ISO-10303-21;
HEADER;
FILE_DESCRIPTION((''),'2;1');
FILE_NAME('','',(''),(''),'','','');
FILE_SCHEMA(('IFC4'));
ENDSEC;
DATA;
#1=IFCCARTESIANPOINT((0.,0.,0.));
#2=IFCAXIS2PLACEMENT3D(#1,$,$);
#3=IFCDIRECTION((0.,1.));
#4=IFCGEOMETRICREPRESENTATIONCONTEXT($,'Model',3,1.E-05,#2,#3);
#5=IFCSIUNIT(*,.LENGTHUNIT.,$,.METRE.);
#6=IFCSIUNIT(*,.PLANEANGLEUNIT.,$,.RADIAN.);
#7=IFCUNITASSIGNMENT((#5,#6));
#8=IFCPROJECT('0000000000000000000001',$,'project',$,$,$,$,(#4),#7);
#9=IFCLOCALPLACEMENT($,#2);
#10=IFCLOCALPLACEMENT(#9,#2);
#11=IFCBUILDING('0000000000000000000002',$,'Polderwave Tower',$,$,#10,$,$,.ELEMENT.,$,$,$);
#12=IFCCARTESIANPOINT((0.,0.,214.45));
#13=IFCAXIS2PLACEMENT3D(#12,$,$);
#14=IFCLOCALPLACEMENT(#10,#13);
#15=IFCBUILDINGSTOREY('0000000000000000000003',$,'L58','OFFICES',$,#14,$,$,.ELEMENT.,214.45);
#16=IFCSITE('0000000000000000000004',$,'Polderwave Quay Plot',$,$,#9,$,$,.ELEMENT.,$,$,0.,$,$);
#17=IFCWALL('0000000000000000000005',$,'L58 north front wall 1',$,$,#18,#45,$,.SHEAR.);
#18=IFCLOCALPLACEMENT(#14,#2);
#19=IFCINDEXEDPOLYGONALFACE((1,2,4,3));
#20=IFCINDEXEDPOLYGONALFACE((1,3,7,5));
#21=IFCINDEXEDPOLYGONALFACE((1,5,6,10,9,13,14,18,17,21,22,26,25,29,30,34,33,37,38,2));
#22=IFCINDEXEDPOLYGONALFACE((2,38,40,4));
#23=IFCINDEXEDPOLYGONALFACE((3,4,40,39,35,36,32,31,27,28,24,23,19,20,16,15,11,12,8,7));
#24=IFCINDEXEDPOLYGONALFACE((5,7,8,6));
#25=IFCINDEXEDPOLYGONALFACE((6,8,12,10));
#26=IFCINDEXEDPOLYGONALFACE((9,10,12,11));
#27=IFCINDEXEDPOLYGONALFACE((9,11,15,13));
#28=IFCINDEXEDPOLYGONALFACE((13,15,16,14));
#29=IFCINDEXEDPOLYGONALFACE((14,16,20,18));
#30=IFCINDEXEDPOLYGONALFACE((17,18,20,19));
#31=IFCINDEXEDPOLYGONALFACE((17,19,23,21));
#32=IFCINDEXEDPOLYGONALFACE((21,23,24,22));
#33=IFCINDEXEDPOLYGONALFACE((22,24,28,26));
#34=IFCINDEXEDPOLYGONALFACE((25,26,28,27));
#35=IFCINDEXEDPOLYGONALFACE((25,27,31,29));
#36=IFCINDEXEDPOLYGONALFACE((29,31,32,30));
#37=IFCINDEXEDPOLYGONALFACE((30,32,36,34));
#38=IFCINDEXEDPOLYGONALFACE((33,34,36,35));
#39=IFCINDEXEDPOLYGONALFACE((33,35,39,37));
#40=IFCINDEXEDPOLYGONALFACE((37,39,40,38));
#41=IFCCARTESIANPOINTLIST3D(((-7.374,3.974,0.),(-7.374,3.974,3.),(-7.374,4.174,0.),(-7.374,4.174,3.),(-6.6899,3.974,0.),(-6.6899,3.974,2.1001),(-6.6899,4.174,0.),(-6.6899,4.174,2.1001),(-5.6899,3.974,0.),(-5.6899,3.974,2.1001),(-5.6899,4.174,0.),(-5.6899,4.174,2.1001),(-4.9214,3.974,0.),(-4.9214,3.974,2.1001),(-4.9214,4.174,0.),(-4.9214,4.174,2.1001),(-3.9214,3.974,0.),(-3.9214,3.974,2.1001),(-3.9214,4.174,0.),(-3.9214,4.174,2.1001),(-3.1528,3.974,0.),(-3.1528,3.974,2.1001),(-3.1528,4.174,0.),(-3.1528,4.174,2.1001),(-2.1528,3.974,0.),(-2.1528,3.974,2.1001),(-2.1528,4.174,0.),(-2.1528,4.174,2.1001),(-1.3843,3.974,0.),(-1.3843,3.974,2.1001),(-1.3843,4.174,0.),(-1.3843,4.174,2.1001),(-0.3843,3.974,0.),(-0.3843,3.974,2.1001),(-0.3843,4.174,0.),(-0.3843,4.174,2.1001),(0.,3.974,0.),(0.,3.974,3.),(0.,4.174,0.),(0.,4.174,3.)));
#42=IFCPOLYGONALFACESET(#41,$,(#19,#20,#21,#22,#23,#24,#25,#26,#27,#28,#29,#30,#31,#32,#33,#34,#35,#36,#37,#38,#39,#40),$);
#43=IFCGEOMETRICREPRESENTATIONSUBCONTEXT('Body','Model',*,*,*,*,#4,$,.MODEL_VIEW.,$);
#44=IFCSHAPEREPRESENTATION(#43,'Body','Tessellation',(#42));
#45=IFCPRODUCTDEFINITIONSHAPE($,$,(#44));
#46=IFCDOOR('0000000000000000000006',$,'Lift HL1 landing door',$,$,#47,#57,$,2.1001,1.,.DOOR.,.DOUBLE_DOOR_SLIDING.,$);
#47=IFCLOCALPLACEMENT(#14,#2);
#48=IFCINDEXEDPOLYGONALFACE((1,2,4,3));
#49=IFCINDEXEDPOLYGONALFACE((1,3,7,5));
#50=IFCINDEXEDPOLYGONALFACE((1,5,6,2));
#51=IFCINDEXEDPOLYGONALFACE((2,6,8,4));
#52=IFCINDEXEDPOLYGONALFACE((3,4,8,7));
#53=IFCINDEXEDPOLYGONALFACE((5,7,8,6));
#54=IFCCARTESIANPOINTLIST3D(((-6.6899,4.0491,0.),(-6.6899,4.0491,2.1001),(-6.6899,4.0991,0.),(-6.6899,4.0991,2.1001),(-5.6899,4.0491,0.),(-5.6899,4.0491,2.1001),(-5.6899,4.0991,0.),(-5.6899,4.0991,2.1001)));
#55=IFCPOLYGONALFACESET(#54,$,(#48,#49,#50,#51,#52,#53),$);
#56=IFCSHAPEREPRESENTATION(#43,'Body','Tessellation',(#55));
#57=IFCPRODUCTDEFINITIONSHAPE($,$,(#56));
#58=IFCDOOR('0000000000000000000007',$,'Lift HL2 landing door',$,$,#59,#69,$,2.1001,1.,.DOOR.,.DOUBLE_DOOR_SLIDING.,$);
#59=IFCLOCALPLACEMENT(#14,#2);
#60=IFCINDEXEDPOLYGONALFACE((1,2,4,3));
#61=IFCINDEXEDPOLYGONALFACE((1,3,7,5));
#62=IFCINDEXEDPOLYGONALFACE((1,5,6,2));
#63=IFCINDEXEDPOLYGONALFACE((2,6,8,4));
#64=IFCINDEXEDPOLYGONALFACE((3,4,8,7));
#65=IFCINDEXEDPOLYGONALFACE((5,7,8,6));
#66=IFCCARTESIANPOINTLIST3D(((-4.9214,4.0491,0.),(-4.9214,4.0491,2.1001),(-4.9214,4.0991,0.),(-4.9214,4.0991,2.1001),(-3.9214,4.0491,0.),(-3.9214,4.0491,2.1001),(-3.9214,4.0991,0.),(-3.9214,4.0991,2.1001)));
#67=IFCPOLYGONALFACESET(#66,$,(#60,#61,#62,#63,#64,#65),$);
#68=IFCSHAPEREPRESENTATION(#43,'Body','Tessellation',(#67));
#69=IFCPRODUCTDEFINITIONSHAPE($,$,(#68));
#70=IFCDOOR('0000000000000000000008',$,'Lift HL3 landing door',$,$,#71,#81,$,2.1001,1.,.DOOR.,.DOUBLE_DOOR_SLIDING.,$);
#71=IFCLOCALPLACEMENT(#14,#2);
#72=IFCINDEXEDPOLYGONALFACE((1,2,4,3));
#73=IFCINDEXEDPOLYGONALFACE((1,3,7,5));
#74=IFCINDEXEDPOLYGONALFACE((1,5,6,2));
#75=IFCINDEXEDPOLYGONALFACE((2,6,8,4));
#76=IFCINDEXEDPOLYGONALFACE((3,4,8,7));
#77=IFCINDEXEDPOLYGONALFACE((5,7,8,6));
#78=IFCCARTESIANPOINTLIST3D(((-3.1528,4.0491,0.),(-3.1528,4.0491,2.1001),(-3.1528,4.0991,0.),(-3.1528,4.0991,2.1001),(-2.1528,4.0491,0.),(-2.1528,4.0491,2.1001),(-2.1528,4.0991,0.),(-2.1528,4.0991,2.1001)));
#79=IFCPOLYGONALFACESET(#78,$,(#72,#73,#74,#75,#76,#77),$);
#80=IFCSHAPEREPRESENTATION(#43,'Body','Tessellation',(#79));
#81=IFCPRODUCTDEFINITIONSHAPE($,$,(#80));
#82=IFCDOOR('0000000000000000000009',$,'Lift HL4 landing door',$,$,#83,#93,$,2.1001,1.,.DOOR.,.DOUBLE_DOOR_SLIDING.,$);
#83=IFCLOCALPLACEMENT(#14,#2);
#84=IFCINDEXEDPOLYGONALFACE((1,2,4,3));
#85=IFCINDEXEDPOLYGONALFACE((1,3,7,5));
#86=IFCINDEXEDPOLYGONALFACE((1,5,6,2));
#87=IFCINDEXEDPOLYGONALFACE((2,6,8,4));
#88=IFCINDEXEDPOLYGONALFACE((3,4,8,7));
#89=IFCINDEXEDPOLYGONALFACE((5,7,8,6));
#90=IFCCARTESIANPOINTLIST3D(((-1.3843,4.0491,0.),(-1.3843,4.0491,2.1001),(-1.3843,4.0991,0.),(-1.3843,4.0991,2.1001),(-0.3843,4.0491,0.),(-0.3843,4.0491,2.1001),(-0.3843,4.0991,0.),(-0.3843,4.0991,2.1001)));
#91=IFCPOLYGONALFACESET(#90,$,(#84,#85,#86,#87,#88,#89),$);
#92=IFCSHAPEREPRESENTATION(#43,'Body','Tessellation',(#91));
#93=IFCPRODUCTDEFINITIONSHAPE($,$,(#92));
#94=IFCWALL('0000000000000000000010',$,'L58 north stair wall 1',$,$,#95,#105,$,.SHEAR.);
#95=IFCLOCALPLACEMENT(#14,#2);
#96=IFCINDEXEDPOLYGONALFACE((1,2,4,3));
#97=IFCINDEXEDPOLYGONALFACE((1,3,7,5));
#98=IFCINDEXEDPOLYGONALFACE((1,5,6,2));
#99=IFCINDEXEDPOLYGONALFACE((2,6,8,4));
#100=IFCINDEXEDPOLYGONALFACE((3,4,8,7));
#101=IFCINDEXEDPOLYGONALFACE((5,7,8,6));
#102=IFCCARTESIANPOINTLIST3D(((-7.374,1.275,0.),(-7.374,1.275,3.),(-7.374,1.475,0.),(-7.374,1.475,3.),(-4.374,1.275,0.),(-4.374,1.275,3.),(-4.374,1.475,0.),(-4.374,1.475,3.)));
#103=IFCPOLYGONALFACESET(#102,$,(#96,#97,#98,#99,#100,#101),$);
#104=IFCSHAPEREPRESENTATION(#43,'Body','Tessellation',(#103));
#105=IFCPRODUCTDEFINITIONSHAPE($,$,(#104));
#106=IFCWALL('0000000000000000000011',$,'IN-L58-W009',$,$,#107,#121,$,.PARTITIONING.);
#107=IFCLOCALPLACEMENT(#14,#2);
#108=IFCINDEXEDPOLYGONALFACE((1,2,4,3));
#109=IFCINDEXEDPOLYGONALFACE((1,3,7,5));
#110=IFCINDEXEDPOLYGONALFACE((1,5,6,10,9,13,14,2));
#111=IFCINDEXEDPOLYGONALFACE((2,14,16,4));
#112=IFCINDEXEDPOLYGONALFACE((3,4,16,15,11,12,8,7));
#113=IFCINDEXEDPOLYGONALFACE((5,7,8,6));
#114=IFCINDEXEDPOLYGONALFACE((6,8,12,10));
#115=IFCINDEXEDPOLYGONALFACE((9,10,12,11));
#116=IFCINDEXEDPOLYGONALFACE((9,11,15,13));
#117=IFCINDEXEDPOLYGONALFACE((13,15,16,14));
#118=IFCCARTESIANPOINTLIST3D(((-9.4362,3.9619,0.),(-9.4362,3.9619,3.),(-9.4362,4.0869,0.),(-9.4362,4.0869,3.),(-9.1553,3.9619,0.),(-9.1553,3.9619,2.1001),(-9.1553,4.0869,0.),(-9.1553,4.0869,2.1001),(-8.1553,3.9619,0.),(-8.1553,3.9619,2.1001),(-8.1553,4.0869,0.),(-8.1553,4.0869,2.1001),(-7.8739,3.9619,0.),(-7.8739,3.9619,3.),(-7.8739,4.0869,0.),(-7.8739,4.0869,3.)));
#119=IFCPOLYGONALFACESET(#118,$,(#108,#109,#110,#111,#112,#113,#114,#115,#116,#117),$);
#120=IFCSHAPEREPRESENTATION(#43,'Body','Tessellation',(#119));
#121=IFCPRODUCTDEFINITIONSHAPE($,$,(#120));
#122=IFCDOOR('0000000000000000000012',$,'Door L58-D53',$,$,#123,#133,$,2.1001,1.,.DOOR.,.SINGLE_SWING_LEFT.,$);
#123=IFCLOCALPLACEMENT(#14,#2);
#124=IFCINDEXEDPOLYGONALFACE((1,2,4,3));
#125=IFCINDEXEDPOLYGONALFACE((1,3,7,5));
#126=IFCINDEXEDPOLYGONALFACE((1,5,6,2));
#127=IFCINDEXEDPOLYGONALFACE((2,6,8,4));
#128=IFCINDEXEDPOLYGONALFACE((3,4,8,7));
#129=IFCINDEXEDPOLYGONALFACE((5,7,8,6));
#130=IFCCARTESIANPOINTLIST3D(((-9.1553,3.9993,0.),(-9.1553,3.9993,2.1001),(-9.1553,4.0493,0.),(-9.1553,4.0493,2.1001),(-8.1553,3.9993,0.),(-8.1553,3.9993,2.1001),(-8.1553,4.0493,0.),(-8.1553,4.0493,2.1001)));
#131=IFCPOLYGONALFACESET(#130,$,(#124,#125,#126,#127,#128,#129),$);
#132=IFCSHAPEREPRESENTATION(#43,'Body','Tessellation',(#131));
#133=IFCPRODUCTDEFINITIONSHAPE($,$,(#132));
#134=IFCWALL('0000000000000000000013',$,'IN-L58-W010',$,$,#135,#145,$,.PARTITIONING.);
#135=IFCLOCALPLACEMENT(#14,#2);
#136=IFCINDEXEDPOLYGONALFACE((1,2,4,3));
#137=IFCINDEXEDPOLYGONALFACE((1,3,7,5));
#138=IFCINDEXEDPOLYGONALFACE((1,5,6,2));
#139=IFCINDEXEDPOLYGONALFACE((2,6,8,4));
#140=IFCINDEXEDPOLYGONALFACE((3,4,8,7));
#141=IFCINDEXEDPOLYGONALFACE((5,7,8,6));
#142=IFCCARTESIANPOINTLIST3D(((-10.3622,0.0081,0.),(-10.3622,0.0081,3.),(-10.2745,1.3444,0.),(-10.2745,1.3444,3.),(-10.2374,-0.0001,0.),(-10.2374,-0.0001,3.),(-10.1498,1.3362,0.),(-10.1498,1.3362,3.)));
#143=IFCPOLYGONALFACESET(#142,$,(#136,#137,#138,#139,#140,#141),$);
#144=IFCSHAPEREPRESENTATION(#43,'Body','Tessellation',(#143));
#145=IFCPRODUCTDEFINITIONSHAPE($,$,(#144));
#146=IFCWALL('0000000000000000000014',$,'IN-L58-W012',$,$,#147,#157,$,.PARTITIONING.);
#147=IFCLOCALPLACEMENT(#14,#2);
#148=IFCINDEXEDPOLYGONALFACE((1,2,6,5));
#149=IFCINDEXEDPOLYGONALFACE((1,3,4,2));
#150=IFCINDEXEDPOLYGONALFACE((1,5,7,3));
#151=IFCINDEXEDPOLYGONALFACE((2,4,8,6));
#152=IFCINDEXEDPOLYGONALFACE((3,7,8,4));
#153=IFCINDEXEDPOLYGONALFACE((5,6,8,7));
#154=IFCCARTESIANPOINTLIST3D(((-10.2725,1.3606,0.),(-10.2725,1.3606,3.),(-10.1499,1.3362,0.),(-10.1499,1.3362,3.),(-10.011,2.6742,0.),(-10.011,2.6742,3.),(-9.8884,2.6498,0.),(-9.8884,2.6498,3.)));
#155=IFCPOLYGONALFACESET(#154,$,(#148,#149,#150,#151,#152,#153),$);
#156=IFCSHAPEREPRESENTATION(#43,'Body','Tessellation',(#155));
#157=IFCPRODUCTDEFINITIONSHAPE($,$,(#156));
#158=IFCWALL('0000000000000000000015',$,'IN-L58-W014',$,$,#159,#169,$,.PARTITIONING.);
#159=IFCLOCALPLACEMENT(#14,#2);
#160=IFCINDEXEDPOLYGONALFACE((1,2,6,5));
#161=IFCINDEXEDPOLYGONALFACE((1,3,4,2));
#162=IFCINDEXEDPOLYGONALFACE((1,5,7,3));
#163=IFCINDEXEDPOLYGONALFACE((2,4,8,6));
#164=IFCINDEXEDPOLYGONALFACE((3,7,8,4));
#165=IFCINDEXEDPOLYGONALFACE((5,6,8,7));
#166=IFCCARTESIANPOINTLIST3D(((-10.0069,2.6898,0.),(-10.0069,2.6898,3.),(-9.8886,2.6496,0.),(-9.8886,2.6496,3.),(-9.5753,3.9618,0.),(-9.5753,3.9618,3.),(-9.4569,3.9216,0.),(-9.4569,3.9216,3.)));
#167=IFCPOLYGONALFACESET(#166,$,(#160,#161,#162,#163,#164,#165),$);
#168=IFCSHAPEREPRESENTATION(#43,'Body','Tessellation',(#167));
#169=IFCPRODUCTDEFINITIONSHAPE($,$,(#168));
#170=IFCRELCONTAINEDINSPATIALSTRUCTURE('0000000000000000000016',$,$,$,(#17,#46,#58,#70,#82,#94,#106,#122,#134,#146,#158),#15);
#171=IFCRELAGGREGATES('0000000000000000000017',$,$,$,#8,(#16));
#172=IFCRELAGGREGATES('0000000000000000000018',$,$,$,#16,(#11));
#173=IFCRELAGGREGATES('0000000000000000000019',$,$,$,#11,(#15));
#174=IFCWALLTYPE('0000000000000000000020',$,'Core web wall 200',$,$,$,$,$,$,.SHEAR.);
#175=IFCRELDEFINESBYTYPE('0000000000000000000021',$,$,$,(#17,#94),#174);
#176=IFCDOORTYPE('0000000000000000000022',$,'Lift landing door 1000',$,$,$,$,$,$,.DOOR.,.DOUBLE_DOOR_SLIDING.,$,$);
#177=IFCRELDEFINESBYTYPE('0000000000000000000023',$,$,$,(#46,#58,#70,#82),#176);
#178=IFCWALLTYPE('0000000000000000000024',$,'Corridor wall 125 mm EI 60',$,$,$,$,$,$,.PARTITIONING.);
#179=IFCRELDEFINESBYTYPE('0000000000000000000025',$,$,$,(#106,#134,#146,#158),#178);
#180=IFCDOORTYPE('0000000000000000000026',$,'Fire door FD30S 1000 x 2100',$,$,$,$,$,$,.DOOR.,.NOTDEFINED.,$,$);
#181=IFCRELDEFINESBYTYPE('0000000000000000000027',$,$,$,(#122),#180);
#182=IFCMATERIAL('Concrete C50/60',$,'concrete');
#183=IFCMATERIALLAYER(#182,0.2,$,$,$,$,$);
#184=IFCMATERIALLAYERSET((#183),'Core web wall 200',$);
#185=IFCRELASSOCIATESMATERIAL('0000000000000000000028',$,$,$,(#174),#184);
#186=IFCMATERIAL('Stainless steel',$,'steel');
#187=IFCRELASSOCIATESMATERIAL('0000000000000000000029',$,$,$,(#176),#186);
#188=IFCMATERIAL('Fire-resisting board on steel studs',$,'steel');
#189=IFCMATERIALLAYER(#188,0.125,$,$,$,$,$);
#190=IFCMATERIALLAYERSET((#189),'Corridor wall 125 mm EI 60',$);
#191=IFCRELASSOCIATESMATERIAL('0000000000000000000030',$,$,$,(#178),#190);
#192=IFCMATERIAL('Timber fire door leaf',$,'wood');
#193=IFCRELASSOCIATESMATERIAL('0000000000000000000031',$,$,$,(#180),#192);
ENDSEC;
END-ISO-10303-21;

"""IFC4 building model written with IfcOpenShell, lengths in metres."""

from ifc_helpers import new_model, si_unit, direction, frame, frame_2d, origin, place, context, subcontext, project, spatial, rectangle, extrude, material, layer, layer_set, type_object, element, fill, save


model = new_model("IFC4")

# Units and contexts
model_context = context("Model", 3, precision=1e-05, world=origin(), true_north=direction((0.0, 1.0)))
body_context = subcontext(model_context, "Body", "Model", "MODEL_VIEW")
ifc_project = project(units=[si_unit("LENGTHUNIT", "METRE"), si_unit("PLANEANGLEUNIT", "RADIAN")], contexts=[model_context])

# Site, building, storey
site_placement = place(None, origin())
site = spatial("IfcSite", under=ifc_project, at=site_placement, Name="Polderwave Quay Plot", CompositionType="ELEMENT", RefElevation=0.0)
building_placement = place(site_placement, origin())
building = spatial("IfcBuilding", under=site, at=building_placement, Name="Polderwave Tower", CompositionType="ELEMENT")
storey_placement = place(building_placement, frame((0.0, 0.0, 214.45)))
storey = spatial("IfcBuildingStorey", under=building, at=storey_placement, Name="L58", Description="OFFICES", CompositionType="ELEMENT", Elevation=214.45)

# Wall, openings, doors
ifc_material_1 = material(Name="Concrete C50/60", Category="concrete")
ifc_layer_1 = layer(ifc_material_1, 0.2)
ifc_layer_set_1 = layer_set([ifc_layer_1], Name="Core web wall 200")
wall_type_1 = type_object("IfcWallType", Name="Core web wall 200", PredefinedType="SHEAR", material=ifc_layer_set_1)
wall_1_placement = place(storey_placement, frame((-7.374, 4.074, 0.0), z_axis=(0.0, 0.0, 1.0), x_axis=(1.0, 0.0, 0.0)))
wall_1 = element("IfcWall", 1, at=wall_1_placement, inside=storey, type_object=wall_type_1, Name="L58 north front wall 1", PredefinedType="SHEAR", context=body_context, shape_type="SweptSolid", body=[
    extrude(rectangle(XDim=7.374, YDim=0.2, at=frame_2d((3.687, 0.0))), origin(), (0.0, 0.0, 1.0), 3.0),
])
opening_1_placement = place(wall_1_placement, frame((0.6841, 0.0, 0.0)))
opening_1 = element("IfcOpeningElement", 2, at=opening_1_placement, cuts=wall_1, PredefinedType="OPENING", context=body_context, shape_type="SweptSolid", body=[
    extrude(rectangle(XDim=1.0, YDim=2.1001, at=frame_2d((0.5, 1.05))), frame((0.0, 0.1099, 0.0), z_axis=(0.0, -1.0, 0.0), x_axis=(1.0, 0.0, 0.0)), (0.0, 0.0, 1.0), 0.22),
])
opening_2_placement = place(wall_1_placement, frame((2.4526, 0.0, 0.0)))
opening_2 = element("IfcOpeningElement", 3, at=opening_2_placement, cuts=wall_1, PredefinedType="OPENING", context=body_context, shape_type="SweptSolid", body=[
    extrude(rectangle(XDim=1.0, YDim=2.1001, at=frame_2d((0.5, 1.05))), frame((0.0, 0.1099, 0.0), z_axis=(0.0, -1.0, 0.0), x_axis=(1.0, 0.0, 0.0)), (0.0, 0.0, 1.0), 0.22),
])
opening_3_placement = place(wall_1_placement, frame((4.2212, 0.0, 0.0)))
opening_3 = element("IfcOpeningElement", 4, at=opening_3_placement, cuts=wall_1, PredefinedType="OPENING", context=body_context, shape_type="SweptSolid", body=[
    extrude(rectangle(XDim=1.0, YDim=2.1001, at=frame_2d((0.5, 1.05))), frame((0.0, 0.1099, 0.0), z_axis=(0.0, -1.0, 0.0), x_axis=(1.0, 0.0, 0.0)), (0.0, 0.0, 1.0), 0.22),
])
opening_4_placement = place(wall_1_placement, frame((5.9897, 0.0, 0.0)))
opening_4 = element("IfcOpeningElement", 5, at=opening_4_placement, cuts=wall_1, PredefinedType="OPENING", context=body_context, shape_type="SweptSolid", body=[
    extrude(rectangle(XDim=1.0, YDim=2.1001, at=frame_2d((0.5, 1.05))), frame((0.0, 0.1099, 0.0), z_axis=(0.0, -1.0, 0.0), x_axis=(1.0, 0.0, 0.0)), (0.0, 0.0, 1.0), 0.22),
])
ifc_material_2 = material(Name="Stainless steel", Category="steel")
door_type_1 = type_object("IfcDoorType", Name="Lift landing door 1000", OperationType="DOUBLE_DOOR_SLIDING", PredefinedType="DOOR", material=ifc_material_2)
door_1_placement = place(opening_1_placement, frame((1.0, 0.0, 0.0), z_axis=(0.0, 0.0, 1.0), x_axis=(-1.0, 0.0, 0.0)))
door_1 = element("IfcDoor", 6, at=door_1_placement, inside=storey, type_object=door_type_1, Name="Lift HL1 landing door", OperationType="DOUBLE_DOOR_SLIDING", OverallHeight=2.1001, OverallWidth=1.0, PredefinedType="DOOR", context=body_context, shape_type="SweptSolid", body=[
    extrude(rectangle(XDim=1.0, YDim=2.1001, at=frame_2d((0.5, 1.05))), frame((0.0, 0.0249, 0.0), z_axis=(0.0, -1.0, 0.0), x_axis=(1.0, 0.0, 0.0)), (0.0, 0.0, 1.0), 0.05),
])
fill(opening_1, door_1)
door_2_placement = place(opening_2_placement, frame((1.0, 0.0, 0.0), z_axis=(0.0, 0.0, 1.0), x_axis=(-1.0, 0.0, 0.0)))
door_2 = element("IfcDoor", 7, at=door_2_placement, inside=storey, type_object=door_type_1, Name="Lift HL2 landing door", OperationType="DOUBLE_DOOR_SLIDING", OverallHeight=2.1001, OverallWidth=1.0, PredefinedType="DOOR", context=body_context, shape_type="SweptSolid", body=[
    extrude(rectangle(XDim=1.0, YDim=2.1001, at=frame_2d((0.5, 1.05))), frame((0.0, 0.0249, 0.0), z_axis=(0.0, -1.0, 0.0), x_axis=(1.0, 0.0, 0.0)), (0.0, 0.0, 1.0), 0.05),
])
fill(opening_2, door_2)
door_3_placement = place(opening_3_placement, frame((1.0, 0.0, 0.0), z_axis=(0.0, 0.0, 1.0), x_axis=(-1.0, 0.0, 0.0)))
door_3 = element("IfcDoor", 8, at=door_3_placement, inside=storey, type_object=door_type_1, Name="Lift HL3 landing door", OperationType="DOUBLE_DOOR_SLIDING", OverallHeight=2.1001, OverallWidth=1.0, PredefinedType="DOOR", context=body_context, shape_type="SweptSolid", body=[
    extrude(rectangle(XDim=1.0, YDim=2.1001, at=frame_2d((0.5, 1.05))), frame((0.0, 0.0249, 0.0), z_axis=(0.0, -1.0, 0.0), x_axis=(1.0, 0.0, 0.0)), (0.0, 0.0, 1.0), 0.05),
])
fill(opening_3, door_3)
door_4_placement = place(opening_4_placement, frame((1.0, 0.0, 0.0), z_axis=(0.0, 0.0, 1.0), x_axis=(-1.0, 0.0, 0.0)))
door_4 = element("IfcDoor", 9, at=door_4_placement, inside=storey, type_object=door_type_1, Name="Lift HL4 landing door", OperationType="DOUBLE_DOOR_SLIDING", OverallHeight=2.1001, OverallWidth=1.0, PredefinedType="DOOR", context=body_context, shape_type="SweptSolid", body=[
    extrude(rectangle(XDim=1.0, YDim=2.1001, at=frame_2d((0.5, 1.05))), frame((0.0, 0.0249, 0.0), z_axis=(0.0, -1.0, 0.0), x_axis=(1.0, 0.0, 0.0)), (0.0, 0.0, 1.0), 0.05),
])
fill(opening_4, door_4)

# Wall
wall_2_placement = place(storey_placement, frame((-7.374, 1.375, 0.0), z_axis=(0.0, 0.0, 1.0), x_axis=(1.0, 0.0, 0.0)))
element("IfcWall", 10, at=wall_2_placement, inside=storey, type_object=wall_type_1, Name="L58 north stair wall 1", PredefinedType="SHEAR", context=body_context, shape_type="SweptSolid", body=[
    extrude(rectangle(XDim=3.0, YDim=0.2, at=frame_2d((1.5, 0.0))), origin(), (0.0, 0.0, 1.0), 3.0),
])

# Wall, opening, door
ifc_material_3 = material(Name="Fire-resisting board on steel studs", Category="steel")
ifc_layer_2 = layer(ifc_material_3, 0.125)
ifc_layer_set_2 = layer_set([ifc_layer_2], Name="Corridor wall 125 mm EI 60")
wall_type_2 = type_object("IfcWallType", Name="Corridor wall 125 mm EI 60", PredefinedType="PARTITIONING", material=ifc_layer_set_2)
wall_3_placement = place(storey_placement, frame((-9.4363, 4.0244, 0.0), z_axis=(0.0, 0.0, 1.0), x_axis=(1.0, 0.0, 0.0)))
wall_3 = element("IfcWall", 11, at=wall_3_placement, inside=storey, type_object=wall_type_2, Name="IN-L58-W009", PredefinedType="PARTITIONING", context=body_context, shape_type="SweptSolid", body=[
    extrude(rectangle(XDim=1.5623, YDim=0.125, at=frame_2d((0.7812, 0.0))), origin(), (0.0, 0.0, 1.0), 3.0),
])
opening_5_placement = place(wall_3_placement, frame((0.281, 0.0, 0.0)))
opening_5 = element("IfcOpeningElement", 12, at=opening_5_placement, cuts=wall_3, PredefinedType="OPENING", context=body_context, shape_type="SweptSolid", body=[
    extrude(rectangle(XDim=1.0, YDim=2.1001, at=frame_2d((0.5, 1.05))), frame((0.0, 0.0725, 0.0), z_axis=(0.0, -1.0, 0.0), x_axis=(1.0, 0.0, 0.0)), (0.0, 0.0, 1.0), 0.145),
])
ifc_material_4 = material(Name="Timber fire door leaf", Category="wood")
door_type_2 = type_object("IfcDoorType", Name="Fire door FD30S 1000 x 2100", OperationType="NOTDEFINED", PredefinedType="DOOR", material=ifc_material_4)
door_5_placement = place(opening_5_placement, origin())
door_5 = element("IfcDoor", 13, at=door_5_placement, inside=storey, type_object=door_type_2, Name="Door L58-D53", OperationType="SINGLE_SWING_LEFT", OverallHeight=2.1001, OverallWidth=1.0, PredefinedType="DOOR", context=body_context, shape_type="SweptSolid", body=[
    extrude(rectangle(XDim=1.0, YDim=2.1001, at=frame_2d((0.5, 1.05))), frame((0.0, 0.0249, 0.0), z_axis=(0.0, -1.0, 0.0), x_axis=(1.0, 0.0, 0.0)), (0.0, 0.0, 1.0), 0.05),
])
fill(opening_5, door_5)

# Walls
wall_4_placement = place(storey_placement, frame((-10.2998, 0.0042, 0.0), z_axis=(0.0, 0.0, 1.0), x_axis=(0.065454, 0.997856, 0.0)))
element("IfcWall", 14, at=wall_4_placement, inside=storey, type_object=wall_type_2, Name="IN-L58-W010", PredefinedType="PARTITIONING", context=body_context, shape_type="SweptSolid", body=[
    extrude(rectangle(XDim=1.3391, YDim=0.125, at=frame_2d((0.6694, 0.0))), origin(), (0.0, 0.0, 1.0), 3.0),
])
wall_5_placement = place(storey_placement, frame((-10.2112, 1.3484, 0.0), z_axis=(0.0, 0.0, 1.0), x_axis=(0.19524, 0.980756, 0.0)))
element("IfcWall", 15, at=wall_5_placement, inside=storey, type_object=wall_type_2, Name="IN-L58-W012", PredefinedType="PARTITIONING", context=body_context, shape_type="SweptSolid", body=[
    extrude(rectangle(XDim=1.3394, YDim=0.125, at=frame_2d((0.6697, 0.0))), origin(), (0.0, 0.0, 1.0), 3.0),
])
wall_6_placement = place(storey_placement, frame((-9.9478, 2.6697, 0.0), z_axis=(0.0, 0.0, 1.0), x_axis=(0.321349, 0.946961, 0.0)))
element("IfcWall", 16, at=wall_6_placement, inside=storey, type_object=wall_type_2, Name="IN-L58-W014", PredefinedType="PARTITIONING", context=body_context, shape_type="SweptSolid", body=[
    extrude(rectangle(XDim=1.3433, YDim=0.125, at=frame_2d((0.6716, 0.0))), origin(), (0.0, 0.0, 1.0), 3.0),
])

save(model, "model.ifc")
